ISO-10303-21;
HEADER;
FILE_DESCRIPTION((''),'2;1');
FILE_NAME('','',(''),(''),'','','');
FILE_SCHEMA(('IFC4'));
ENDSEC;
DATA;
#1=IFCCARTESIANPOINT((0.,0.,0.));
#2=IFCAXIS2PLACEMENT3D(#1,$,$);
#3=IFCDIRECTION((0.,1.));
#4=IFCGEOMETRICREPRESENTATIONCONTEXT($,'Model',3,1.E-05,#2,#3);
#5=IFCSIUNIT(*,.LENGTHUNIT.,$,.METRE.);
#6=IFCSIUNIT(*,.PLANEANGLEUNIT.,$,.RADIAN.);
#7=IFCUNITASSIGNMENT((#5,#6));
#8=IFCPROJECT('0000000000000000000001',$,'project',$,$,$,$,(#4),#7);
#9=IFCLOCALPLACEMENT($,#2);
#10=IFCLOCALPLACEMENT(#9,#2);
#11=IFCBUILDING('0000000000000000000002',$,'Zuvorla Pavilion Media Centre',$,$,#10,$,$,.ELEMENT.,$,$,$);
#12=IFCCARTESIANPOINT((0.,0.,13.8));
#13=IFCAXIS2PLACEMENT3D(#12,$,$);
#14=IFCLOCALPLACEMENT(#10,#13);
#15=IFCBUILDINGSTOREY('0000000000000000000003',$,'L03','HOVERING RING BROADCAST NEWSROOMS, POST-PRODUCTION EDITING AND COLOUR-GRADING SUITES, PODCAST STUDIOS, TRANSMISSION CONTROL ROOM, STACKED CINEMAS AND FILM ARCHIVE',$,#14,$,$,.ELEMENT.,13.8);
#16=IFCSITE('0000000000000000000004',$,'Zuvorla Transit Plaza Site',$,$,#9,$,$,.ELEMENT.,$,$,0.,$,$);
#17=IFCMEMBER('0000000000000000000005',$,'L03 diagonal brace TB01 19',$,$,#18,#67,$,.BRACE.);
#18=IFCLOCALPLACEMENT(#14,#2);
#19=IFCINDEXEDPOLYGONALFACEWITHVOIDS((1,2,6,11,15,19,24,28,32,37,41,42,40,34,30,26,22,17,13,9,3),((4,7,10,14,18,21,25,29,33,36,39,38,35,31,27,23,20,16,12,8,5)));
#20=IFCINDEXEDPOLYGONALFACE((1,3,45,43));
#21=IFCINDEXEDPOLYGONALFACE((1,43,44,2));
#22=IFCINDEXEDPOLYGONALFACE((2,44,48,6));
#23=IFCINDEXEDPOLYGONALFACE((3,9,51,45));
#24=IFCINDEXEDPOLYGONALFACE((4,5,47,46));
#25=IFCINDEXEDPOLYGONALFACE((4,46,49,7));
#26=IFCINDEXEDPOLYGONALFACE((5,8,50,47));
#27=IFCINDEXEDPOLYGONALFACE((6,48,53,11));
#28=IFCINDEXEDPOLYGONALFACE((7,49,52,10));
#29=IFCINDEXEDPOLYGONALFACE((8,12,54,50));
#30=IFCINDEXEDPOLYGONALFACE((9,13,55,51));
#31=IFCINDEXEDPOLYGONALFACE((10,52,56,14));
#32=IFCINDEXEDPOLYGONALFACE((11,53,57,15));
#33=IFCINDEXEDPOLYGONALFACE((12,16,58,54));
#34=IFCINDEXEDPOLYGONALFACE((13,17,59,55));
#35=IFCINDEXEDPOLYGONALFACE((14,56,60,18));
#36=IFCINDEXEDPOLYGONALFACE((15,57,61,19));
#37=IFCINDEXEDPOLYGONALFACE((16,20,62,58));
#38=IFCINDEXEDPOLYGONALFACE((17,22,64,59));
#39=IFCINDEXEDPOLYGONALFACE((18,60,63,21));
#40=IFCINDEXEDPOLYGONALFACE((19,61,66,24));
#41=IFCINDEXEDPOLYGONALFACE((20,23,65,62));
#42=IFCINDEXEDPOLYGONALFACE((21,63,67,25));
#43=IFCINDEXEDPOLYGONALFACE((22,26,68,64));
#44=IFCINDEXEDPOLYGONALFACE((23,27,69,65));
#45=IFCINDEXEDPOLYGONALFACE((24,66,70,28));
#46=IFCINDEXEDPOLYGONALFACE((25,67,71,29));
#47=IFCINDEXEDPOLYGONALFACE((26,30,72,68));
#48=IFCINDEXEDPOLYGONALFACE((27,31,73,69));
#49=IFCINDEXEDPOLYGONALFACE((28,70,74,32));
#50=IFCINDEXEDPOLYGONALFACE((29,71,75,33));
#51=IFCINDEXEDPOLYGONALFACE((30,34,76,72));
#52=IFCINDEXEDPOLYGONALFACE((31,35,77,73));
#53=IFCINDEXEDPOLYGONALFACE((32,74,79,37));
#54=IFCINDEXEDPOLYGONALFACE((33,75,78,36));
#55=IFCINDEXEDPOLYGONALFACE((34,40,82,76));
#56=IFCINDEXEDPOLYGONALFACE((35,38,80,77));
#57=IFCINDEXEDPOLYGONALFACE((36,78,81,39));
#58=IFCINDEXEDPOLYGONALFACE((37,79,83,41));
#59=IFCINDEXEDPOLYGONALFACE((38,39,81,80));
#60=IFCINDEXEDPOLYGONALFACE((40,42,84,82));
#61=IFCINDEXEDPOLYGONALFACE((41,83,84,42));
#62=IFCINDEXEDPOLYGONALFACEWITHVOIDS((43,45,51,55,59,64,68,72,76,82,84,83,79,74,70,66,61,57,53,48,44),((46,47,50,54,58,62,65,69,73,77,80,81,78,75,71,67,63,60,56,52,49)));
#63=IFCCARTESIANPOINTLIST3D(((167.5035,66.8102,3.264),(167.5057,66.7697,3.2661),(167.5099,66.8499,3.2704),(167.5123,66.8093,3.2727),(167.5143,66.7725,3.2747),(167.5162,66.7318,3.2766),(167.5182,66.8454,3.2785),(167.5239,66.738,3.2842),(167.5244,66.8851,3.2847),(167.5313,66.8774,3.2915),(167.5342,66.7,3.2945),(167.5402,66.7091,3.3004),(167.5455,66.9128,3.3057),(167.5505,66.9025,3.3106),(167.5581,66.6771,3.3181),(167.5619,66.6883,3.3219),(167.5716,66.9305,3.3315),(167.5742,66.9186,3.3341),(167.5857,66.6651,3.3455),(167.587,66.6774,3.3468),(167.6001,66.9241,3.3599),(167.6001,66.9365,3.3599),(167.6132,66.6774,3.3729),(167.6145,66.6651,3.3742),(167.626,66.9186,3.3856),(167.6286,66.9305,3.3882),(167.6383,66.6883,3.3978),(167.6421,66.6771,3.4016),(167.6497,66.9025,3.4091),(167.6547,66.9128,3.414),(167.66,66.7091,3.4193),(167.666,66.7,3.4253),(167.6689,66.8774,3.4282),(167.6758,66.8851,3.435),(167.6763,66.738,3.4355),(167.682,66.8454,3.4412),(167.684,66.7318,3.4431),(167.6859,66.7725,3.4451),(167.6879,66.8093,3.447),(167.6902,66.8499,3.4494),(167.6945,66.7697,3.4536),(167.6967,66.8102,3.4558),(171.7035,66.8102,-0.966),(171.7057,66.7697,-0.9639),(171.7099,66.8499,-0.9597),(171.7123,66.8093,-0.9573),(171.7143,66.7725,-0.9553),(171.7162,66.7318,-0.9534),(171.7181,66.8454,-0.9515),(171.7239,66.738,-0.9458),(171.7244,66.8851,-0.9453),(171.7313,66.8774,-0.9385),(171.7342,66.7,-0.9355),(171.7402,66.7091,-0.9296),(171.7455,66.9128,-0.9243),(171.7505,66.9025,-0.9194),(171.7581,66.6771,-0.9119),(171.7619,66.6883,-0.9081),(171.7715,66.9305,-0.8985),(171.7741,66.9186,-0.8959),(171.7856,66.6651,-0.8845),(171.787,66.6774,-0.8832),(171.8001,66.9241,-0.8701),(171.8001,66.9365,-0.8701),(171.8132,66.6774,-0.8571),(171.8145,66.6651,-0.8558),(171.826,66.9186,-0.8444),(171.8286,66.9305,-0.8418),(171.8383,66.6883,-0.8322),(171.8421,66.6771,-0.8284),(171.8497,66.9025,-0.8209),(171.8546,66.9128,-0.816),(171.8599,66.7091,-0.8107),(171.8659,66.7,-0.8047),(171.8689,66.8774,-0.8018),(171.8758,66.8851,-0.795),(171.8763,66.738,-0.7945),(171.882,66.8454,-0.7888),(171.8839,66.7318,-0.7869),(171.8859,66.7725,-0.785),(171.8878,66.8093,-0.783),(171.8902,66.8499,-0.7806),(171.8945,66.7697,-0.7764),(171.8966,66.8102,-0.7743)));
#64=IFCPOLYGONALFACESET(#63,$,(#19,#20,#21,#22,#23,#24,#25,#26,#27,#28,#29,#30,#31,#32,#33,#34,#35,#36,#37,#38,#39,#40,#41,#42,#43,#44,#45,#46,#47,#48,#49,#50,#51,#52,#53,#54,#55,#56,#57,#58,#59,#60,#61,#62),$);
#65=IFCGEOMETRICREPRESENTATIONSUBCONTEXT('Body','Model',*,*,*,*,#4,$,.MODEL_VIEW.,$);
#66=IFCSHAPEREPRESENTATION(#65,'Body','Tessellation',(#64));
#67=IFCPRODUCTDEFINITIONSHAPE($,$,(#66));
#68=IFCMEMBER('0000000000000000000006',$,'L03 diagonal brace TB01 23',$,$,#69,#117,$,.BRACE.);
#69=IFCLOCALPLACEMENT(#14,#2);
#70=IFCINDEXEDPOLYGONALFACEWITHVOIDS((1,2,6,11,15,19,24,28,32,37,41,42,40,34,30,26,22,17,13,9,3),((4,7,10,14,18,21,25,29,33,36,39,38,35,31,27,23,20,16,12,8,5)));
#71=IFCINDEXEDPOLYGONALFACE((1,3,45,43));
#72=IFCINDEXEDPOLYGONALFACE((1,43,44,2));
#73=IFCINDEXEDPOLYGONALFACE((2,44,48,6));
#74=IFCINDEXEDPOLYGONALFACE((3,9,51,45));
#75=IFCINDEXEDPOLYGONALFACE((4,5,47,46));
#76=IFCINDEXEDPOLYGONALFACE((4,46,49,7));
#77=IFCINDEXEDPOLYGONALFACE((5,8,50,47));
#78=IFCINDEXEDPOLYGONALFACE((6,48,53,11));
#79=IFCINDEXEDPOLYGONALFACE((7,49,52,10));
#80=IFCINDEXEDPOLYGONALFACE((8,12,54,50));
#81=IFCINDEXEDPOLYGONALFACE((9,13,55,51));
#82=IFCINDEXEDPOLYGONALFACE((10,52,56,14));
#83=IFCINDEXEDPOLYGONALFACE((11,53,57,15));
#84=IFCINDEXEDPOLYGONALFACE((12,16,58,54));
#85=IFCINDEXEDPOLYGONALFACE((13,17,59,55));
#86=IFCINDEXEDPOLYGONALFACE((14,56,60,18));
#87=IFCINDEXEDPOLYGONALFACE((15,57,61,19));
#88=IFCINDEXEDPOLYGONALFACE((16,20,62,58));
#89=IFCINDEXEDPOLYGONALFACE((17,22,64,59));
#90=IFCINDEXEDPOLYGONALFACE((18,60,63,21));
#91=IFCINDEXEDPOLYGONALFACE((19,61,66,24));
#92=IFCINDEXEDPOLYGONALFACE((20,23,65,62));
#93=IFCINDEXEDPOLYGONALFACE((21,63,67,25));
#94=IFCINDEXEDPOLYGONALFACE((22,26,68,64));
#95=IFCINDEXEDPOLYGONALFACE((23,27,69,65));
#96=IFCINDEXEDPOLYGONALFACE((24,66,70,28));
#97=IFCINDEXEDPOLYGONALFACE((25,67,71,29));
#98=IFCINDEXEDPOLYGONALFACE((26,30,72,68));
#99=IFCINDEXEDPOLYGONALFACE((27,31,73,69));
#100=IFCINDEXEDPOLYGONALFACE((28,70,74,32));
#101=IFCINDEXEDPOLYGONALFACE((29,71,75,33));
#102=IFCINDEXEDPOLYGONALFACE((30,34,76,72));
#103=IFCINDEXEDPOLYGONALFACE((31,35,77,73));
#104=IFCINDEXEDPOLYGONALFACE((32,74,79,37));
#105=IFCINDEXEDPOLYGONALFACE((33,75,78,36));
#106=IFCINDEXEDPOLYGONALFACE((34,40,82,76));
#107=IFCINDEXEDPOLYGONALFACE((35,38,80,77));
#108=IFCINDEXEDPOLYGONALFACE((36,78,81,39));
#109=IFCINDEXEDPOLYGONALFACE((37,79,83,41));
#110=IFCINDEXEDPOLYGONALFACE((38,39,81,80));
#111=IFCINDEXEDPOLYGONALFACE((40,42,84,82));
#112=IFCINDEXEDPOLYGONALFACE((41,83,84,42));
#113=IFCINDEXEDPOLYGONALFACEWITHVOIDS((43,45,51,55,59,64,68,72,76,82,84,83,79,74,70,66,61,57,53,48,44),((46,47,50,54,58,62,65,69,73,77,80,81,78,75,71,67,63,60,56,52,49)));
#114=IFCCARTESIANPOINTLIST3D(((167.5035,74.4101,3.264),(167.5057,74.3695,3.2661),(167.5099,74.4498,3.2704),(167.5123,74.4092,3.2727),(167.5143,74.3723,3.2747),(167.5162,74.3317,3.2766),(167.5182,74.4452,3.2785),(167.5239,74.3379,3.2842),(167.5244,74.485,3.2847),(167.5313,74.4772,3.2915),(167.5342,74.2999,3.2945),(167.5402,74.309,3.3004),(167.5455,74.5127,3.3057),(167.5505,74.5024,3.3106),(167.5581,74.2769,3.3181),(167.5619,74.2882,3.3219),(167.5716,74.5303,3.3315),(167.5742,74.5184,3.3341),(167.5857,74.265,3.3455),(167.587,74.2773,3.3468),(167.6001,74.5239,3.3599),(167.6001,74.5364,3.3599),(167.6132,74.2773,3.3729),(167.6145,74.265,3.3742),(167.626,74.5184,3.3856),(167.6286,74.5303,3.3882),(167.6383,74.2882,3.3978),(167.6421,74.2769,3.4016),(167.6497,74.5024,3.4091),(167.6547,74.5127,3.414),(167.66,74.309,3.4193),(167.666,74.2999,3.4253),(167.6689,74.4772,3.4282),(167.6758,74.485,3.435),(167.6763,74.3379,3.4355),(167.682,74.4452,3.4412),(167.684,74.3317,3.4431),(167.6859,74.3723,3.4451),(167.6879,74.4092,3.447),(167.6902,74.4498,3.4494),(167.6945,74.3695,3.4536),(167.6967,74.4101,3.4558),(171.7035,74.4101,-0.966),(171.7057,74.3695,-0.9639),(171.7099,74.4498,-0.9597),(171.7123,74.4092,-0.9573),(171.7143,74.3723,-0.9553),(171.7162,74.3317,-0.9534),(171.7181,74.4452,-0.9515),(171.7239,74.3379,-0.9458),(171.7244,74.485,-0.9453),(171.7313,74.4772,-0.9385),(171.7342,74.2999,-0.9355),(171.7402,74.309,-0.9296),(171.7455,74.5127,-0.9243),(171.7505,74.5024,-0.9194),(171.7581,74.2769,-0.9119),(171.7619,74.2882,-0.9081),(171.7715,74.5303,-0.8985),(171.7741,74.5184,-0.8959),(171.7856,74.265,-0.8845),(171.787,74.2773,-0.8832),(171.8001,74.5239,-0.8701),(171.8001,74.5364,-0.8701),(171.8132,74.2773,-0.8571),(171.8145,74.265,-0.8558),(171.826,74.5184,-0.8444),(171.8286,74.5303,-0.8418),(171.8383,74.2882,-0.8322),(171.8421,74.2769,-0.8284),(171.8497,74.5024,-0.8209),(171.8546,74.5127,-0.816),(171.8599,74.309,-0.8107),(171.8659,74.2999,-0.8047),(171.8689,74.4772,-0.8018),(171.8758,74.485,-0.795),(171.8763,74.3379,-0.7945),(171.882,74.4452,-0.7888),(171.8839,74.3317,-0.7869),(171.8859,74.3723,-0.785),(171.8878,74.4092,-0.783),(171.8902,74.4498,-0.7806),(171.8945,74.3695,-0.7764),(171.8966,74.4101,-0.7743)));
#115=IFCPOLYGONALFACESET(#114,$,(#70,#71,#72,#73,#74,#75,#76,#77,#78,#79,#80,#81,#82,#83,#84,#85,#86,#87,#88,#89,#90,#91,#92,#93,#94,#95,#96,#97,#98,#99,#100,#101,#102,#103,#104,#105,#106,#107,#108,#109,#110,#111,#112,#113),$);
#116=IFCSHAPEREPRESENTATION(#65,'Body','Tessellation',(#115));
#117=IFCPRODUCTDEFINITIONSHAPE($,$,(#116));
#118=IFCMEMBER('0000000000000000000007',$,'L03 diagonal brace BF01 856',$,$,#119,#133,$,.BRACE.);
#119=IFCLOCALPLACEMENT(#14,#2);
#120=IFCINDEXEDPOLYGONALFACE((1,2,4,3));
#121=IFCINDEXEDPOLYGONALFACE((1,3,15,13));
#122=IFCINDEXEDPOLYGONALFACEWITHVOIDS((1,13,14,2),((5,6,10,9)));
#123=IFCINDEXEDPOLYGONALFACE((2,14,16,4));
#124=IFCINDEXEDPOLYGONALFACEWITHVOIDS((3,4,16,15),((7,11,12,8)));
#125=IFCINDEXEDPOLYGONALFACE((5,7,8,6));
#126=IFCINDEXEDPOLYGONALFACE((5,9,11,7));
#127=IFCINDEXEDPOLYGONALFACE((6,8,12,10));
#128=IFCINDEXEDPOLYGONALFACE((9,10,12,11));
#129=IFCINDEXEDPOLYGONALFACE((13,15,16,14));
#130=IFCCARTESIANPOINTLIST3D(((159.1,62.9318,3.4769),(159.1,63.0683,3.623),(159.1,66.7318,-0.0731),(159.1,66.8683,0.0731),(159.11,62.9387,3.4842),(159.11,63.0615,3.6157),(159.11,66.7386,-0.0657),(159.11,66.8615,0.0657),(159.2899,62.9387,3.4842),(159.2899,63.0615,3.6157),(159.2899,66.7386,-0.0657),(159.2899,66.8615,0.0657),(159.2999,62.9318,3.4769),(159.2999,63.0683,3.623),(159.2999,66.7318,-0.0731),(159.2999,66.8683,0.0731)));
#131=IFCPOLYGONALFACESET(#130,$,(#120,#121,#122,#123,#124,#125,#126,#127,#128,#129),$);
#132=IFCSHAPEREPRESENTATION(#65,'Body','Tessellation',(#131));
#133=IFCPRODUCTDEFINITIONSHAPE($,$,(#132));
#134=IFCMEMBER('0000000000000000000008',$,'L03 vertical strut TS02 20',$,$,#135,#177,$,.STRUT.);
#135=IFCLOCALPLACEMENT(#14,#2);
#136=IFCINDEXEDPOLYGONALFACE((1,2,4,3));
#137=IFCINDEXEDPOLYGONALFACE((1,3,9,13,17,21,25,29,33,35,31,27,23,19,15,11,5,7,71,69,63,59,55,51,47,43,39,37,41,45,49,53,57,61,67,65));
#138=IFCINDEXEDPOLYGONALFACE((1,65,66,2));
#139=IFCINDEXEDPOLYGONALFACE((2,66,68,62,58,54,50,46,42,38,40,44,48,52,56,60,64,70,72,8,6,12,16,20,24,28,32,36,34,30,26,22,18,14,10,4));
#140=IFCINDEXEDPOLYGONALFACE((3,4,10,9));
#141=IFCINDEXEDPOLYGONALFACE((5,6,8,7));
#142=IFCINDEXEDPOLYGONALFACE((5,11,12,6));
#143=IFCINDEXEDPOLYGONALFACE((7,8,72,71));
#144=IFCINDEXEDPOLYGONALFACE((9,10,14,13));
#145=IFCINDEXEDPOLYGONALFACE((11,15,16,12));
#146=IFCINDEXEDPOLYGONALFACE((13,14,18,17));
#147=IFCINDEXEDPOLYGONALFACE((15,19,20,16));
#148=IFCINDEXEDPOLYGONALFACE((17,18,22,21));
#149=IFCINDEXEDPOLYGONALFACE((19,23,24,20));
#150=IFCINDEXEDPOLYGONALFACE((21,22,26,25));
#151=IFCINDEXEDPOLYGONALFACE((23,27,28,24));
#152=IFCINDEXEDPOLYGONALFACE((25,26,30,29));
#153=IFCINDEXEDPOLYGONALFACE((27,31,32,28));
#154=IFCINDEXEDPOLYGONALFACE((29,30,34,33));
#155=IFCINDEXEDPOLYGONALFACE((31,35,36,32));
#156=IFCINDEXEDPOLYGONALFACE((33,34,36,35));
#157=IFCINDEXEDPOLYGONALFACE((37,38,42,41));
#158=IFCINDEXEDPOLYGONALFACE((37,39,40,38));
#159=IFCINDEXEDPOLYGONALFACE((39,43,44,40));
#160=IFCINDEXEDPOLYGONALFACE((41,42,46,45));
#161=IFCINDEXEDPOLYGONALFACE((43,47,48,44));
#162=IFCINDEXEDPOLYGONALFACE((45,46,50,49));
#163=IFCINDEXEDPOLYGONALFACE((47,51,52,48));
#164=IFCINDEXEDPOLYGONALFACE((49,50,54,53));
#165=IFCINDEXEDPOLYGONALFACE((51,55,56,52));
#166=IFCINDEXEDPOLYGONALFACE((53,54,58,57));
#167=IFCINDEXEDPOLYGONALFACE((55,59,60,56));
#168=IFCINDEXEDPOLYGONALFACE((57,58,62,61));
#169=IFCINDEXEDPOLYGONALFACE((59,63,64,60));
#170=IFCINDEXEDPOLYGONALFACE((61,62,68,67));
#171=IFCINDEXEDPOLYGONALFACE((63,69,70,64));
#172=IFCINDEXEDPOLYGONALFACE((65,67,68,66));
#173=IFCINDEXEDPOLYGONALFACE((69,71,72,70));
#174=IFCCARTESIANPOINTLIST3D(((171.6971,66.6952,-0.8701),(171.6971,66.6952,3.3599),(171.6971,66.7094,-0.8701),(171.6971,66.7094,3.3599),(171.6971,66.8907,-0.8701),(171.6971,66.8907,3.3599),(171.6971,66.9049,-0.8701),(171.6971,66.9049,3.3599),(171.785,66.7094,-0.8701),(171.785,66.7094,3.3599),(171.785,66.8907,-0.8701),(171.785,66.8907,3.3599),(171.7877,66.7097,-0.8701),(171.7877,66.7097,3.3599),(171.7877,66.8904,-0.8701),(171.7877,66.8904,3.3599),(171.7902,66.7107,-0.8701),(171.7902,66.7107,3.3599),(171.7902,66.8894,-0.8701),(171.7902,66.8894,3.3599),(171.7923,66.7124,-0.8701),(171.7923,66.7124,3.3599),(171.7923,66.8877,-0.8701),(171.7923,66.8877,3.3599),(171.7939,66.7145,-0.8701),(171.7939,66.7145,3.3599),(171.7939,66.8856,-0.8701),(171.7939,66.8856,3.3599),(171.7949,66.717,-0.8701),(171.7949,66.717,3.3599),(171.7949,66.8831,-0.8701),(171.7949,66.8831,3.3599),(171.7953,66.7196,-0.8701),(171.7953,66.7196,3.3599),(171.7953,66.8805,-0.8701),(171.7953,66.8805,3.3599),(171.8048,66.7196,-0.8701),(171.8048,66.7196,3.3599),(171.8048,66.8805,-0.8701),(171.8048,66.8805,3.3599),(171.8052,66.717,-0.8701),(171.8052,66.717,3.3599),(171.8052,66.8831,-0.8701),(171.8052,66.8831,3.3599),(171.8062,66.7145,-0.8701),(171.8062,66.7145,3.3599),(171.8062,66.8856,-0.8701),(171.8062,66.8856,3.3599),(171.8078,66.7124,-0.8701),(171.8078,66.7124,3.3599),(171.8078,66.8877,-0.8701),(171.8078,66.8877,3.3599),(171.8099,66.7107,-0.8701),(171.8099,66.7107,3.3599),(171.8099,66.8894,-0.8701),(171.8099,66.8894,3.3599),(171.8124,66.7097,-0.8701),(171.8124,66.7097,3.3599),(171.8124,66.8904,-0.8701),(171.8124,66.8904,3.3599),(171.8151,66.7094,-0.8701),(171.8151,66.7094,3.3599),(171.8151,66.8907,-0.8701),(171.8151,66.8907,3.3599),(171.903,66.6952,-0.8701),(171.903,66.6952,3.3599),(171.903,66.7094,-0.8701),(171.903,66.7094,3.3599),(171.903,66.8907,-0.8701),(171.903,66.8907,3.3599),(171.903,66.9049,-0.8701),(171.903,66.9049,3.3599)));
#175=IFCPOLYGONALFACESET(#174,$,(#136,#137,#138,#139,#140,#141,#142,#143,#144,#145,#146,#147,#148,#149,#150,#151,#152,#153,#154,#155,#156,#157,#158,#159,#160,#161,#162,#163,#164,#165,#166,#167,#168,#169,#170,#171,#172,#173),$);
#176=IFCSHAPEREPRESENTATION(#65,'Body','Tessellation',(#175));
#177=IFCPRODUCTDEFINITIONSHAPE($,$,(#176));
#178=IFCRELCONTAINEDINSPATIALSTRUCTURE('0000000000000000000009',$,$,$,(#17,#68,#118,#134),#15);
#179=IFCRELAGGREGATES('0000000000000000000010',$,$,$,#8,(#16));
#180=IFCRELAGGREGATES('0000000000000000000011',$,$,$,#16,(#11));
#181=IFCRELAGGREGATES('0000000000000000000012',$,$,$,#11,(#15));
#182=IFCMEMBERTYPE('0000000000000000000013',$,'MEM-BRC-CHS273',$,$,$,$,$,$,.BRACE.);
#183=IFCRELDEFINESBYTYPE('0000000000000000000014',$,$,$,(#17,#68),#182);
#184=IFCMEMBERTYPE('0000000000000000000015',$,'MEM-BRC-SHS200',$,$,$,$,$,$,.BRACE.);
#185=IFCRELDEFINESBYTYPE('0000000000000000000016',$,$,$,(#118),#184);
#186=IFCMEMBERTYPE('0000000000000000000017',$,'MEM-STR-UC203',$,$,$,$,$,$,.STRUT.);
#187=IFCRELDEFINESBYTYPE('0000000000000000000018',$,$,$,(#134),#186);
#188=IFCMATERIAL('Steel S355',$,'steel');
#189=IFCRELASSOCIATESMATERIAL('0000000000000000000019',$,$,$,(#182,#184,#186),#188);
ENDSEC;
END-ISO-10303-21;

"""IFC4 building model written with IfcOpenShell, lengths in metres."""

from ifc_helpers import new_model, si_unit, direction, frame, origin, origin_2d, place, context, subcontext, project, spatial, hollow_rectangle, hollow_circle, i_section, extrude, material, material_profile, profile_set, type_object, element, save


model = new_model("IFC4")

# Units and contexts
model_context = context("Model", 3, precision=1e-05, world=origin(), true_north=direction((0.0, 1.0)))
body_context = subcontext(model_context, "Body", "Model", "MODEL_VIEW")
ifc_project = project(units=[si_unit("LENGTHUNIT", "METRE"), si_unit("PLANEANGLEUNIT", "RADIAN")], contexts=[model_context])

# Site, building, storey
site_placement = place(None, origin())
site = spatial("IfcSite", under=ifc_project, at=site_placement, Name="Zuvorla Transit Plaza Site", CompositionType="ELEMENT", RefElevation=0.0)
building_placement = place(site_placement, origin())
building = spatial("IfcBuilding", under=site, at=building_placement, Name="Zuvorla Pavilion Media Centre", CompositionType="ELEMENT")
storey_placement = place(building_placement, frame((0.0, 0.0, 13.8)))
storey = spatial("IfcBuildingStorey", under=building, at=storey_placement, Name="L03", Description="HOVERING RING BROADCAST NEWSROOMS, POST-PRODUCTION EDITING AND COLOUR-GRADING SUITES, PODCAST STUDIOS, TRANSMISSION CONTROL ROOM, STACKED CINEMAS AND FILM ARCHIVE", CompositionType="ELEMENT", Elevation=13.8)

# Shared definitions
ifc_material_1 = material(Name="Steel S355", Category="steel")

# Members
ifc_material_profile_1 = material_profile(ifc_material_1, hollow_circle(Radius=0.1365, WallThickness=0.0125, at=origin_2d()), Name="CHS 273x12.5")
ifc_profile_set_1 = profile_set([ifc_material_profile_1], Name="Steel S355")
member_type_1 = type_object("IfcMemberType", Name="MEM-BRC-CHS273", PredefinedType="BRACE", material=ifc_profile_set_1)
for number, where, z_axis, x_axis, name in (
    (1, (167.6001, 66.8, 3.3599), (0.704583, 0.0, -0.709621), (0.0, 1.0, 0.0), "L03 diagonal brace TB01 19"),
    (2, (167.6001, 74.3999, 3.3599), (0.704583, 0.0, -0.709621), (0.0, 1.0, 0.0), "L03 diagonal brace TB01 23"),
):
    element("IfcMember", number, at=place(storey_placement, frame(where, z_axis=z_axis, x_axis=x_axis)), inside=storey, type_object=member_type_1, Name=name, PredefinedType="BRACE", context=body_context, shape_type="SweptSolid", body=[
        extrude(hollow_circle(Radius=0.1365, WallThickness=0.0125, at=origin_2d()), origin(), (0.0, 0.0, 1.0), 5.9609),
    ])
ifc_material_profile_2 = material_profile(ifc_material_1, hollow_rectangle(XDim=0.2, YDim=0.2, WallThickness=0.01, at=origin_2d()), Name="SHS 200x200x10")
ifc_profile_set_2 = profile_set([ifc_material_profile_2], Name="Steel S355")
member_type_2 = type_object("IfcMemberType", Name="MEM-BRC-SHS200", PredefinedType="BRACE", material=ifc_profile_set_2)
member_1_placement = place(storey_placement, frame((159.2, 66.8, 0.0), z_axis=(0.0, -0.730735, 0.682661), x_axis=(1.0, 0.0, 0.0)))
element("IfcMember", 3, at=member_1_placement, inside=storey, type_object=member_type_2, Name="L03 diagonal brace BF01 856", PredefinedType="BRACE", context=body_context, shape_type="SweptSolid", body=[
    extrude(hollow_rectangle(XDim=0.2, YDim=0.2, WallThickness=0.01, at=origin_2d()), origin(), (0.0, 0.0, 1.0), 5.2002),
])
ifc_material_profile_3 = material_profile(ifc_material_1, i_section(OverallWidth=0.2058, OverallDepth=0.2097, WebThickness=0.0095, FlangeThickness=0.0142, FilletRadius=0.0103, at=origin_2d()), Name="UC 203x203x60")
ifc_profile_set_3 = profile_set([ifc_material_profile_3], Name="Steel S355")
member_type_3 = type_object("IfcMemberType", Name="MEM-STR-UC203", PredefinedType="STRUT", material=ifc_profile_set_3)
for number, where, z_axis, x_axis, name in (
    (4, (171.8, 66.8, -0.8701), (0.0, 0.0, 1.0), (1.0, 0.0, 0.0), "L03 vertical strut TS02 20"),
):
    element("IfcMember", number, at=place(storey_placement, frame(where, z_axis=z_axis, x_axis=x_axis)), inside=storey, type_object=member_type_3, Name=name, PredefinedType="STRUT", context=body_context, shape_type="SweptSolid", body=[
        extrude(i_section(OverallWidth=0.2058, OverallDepth=0.2097, WebThickness=0.0095, FlangeThickness=0.0142, FilletRadius=0.0103, at=origin_2d()), origin(), (0.0, 0.0, 1.0), 4.23),
    ])

save(model, "model.ifc")
